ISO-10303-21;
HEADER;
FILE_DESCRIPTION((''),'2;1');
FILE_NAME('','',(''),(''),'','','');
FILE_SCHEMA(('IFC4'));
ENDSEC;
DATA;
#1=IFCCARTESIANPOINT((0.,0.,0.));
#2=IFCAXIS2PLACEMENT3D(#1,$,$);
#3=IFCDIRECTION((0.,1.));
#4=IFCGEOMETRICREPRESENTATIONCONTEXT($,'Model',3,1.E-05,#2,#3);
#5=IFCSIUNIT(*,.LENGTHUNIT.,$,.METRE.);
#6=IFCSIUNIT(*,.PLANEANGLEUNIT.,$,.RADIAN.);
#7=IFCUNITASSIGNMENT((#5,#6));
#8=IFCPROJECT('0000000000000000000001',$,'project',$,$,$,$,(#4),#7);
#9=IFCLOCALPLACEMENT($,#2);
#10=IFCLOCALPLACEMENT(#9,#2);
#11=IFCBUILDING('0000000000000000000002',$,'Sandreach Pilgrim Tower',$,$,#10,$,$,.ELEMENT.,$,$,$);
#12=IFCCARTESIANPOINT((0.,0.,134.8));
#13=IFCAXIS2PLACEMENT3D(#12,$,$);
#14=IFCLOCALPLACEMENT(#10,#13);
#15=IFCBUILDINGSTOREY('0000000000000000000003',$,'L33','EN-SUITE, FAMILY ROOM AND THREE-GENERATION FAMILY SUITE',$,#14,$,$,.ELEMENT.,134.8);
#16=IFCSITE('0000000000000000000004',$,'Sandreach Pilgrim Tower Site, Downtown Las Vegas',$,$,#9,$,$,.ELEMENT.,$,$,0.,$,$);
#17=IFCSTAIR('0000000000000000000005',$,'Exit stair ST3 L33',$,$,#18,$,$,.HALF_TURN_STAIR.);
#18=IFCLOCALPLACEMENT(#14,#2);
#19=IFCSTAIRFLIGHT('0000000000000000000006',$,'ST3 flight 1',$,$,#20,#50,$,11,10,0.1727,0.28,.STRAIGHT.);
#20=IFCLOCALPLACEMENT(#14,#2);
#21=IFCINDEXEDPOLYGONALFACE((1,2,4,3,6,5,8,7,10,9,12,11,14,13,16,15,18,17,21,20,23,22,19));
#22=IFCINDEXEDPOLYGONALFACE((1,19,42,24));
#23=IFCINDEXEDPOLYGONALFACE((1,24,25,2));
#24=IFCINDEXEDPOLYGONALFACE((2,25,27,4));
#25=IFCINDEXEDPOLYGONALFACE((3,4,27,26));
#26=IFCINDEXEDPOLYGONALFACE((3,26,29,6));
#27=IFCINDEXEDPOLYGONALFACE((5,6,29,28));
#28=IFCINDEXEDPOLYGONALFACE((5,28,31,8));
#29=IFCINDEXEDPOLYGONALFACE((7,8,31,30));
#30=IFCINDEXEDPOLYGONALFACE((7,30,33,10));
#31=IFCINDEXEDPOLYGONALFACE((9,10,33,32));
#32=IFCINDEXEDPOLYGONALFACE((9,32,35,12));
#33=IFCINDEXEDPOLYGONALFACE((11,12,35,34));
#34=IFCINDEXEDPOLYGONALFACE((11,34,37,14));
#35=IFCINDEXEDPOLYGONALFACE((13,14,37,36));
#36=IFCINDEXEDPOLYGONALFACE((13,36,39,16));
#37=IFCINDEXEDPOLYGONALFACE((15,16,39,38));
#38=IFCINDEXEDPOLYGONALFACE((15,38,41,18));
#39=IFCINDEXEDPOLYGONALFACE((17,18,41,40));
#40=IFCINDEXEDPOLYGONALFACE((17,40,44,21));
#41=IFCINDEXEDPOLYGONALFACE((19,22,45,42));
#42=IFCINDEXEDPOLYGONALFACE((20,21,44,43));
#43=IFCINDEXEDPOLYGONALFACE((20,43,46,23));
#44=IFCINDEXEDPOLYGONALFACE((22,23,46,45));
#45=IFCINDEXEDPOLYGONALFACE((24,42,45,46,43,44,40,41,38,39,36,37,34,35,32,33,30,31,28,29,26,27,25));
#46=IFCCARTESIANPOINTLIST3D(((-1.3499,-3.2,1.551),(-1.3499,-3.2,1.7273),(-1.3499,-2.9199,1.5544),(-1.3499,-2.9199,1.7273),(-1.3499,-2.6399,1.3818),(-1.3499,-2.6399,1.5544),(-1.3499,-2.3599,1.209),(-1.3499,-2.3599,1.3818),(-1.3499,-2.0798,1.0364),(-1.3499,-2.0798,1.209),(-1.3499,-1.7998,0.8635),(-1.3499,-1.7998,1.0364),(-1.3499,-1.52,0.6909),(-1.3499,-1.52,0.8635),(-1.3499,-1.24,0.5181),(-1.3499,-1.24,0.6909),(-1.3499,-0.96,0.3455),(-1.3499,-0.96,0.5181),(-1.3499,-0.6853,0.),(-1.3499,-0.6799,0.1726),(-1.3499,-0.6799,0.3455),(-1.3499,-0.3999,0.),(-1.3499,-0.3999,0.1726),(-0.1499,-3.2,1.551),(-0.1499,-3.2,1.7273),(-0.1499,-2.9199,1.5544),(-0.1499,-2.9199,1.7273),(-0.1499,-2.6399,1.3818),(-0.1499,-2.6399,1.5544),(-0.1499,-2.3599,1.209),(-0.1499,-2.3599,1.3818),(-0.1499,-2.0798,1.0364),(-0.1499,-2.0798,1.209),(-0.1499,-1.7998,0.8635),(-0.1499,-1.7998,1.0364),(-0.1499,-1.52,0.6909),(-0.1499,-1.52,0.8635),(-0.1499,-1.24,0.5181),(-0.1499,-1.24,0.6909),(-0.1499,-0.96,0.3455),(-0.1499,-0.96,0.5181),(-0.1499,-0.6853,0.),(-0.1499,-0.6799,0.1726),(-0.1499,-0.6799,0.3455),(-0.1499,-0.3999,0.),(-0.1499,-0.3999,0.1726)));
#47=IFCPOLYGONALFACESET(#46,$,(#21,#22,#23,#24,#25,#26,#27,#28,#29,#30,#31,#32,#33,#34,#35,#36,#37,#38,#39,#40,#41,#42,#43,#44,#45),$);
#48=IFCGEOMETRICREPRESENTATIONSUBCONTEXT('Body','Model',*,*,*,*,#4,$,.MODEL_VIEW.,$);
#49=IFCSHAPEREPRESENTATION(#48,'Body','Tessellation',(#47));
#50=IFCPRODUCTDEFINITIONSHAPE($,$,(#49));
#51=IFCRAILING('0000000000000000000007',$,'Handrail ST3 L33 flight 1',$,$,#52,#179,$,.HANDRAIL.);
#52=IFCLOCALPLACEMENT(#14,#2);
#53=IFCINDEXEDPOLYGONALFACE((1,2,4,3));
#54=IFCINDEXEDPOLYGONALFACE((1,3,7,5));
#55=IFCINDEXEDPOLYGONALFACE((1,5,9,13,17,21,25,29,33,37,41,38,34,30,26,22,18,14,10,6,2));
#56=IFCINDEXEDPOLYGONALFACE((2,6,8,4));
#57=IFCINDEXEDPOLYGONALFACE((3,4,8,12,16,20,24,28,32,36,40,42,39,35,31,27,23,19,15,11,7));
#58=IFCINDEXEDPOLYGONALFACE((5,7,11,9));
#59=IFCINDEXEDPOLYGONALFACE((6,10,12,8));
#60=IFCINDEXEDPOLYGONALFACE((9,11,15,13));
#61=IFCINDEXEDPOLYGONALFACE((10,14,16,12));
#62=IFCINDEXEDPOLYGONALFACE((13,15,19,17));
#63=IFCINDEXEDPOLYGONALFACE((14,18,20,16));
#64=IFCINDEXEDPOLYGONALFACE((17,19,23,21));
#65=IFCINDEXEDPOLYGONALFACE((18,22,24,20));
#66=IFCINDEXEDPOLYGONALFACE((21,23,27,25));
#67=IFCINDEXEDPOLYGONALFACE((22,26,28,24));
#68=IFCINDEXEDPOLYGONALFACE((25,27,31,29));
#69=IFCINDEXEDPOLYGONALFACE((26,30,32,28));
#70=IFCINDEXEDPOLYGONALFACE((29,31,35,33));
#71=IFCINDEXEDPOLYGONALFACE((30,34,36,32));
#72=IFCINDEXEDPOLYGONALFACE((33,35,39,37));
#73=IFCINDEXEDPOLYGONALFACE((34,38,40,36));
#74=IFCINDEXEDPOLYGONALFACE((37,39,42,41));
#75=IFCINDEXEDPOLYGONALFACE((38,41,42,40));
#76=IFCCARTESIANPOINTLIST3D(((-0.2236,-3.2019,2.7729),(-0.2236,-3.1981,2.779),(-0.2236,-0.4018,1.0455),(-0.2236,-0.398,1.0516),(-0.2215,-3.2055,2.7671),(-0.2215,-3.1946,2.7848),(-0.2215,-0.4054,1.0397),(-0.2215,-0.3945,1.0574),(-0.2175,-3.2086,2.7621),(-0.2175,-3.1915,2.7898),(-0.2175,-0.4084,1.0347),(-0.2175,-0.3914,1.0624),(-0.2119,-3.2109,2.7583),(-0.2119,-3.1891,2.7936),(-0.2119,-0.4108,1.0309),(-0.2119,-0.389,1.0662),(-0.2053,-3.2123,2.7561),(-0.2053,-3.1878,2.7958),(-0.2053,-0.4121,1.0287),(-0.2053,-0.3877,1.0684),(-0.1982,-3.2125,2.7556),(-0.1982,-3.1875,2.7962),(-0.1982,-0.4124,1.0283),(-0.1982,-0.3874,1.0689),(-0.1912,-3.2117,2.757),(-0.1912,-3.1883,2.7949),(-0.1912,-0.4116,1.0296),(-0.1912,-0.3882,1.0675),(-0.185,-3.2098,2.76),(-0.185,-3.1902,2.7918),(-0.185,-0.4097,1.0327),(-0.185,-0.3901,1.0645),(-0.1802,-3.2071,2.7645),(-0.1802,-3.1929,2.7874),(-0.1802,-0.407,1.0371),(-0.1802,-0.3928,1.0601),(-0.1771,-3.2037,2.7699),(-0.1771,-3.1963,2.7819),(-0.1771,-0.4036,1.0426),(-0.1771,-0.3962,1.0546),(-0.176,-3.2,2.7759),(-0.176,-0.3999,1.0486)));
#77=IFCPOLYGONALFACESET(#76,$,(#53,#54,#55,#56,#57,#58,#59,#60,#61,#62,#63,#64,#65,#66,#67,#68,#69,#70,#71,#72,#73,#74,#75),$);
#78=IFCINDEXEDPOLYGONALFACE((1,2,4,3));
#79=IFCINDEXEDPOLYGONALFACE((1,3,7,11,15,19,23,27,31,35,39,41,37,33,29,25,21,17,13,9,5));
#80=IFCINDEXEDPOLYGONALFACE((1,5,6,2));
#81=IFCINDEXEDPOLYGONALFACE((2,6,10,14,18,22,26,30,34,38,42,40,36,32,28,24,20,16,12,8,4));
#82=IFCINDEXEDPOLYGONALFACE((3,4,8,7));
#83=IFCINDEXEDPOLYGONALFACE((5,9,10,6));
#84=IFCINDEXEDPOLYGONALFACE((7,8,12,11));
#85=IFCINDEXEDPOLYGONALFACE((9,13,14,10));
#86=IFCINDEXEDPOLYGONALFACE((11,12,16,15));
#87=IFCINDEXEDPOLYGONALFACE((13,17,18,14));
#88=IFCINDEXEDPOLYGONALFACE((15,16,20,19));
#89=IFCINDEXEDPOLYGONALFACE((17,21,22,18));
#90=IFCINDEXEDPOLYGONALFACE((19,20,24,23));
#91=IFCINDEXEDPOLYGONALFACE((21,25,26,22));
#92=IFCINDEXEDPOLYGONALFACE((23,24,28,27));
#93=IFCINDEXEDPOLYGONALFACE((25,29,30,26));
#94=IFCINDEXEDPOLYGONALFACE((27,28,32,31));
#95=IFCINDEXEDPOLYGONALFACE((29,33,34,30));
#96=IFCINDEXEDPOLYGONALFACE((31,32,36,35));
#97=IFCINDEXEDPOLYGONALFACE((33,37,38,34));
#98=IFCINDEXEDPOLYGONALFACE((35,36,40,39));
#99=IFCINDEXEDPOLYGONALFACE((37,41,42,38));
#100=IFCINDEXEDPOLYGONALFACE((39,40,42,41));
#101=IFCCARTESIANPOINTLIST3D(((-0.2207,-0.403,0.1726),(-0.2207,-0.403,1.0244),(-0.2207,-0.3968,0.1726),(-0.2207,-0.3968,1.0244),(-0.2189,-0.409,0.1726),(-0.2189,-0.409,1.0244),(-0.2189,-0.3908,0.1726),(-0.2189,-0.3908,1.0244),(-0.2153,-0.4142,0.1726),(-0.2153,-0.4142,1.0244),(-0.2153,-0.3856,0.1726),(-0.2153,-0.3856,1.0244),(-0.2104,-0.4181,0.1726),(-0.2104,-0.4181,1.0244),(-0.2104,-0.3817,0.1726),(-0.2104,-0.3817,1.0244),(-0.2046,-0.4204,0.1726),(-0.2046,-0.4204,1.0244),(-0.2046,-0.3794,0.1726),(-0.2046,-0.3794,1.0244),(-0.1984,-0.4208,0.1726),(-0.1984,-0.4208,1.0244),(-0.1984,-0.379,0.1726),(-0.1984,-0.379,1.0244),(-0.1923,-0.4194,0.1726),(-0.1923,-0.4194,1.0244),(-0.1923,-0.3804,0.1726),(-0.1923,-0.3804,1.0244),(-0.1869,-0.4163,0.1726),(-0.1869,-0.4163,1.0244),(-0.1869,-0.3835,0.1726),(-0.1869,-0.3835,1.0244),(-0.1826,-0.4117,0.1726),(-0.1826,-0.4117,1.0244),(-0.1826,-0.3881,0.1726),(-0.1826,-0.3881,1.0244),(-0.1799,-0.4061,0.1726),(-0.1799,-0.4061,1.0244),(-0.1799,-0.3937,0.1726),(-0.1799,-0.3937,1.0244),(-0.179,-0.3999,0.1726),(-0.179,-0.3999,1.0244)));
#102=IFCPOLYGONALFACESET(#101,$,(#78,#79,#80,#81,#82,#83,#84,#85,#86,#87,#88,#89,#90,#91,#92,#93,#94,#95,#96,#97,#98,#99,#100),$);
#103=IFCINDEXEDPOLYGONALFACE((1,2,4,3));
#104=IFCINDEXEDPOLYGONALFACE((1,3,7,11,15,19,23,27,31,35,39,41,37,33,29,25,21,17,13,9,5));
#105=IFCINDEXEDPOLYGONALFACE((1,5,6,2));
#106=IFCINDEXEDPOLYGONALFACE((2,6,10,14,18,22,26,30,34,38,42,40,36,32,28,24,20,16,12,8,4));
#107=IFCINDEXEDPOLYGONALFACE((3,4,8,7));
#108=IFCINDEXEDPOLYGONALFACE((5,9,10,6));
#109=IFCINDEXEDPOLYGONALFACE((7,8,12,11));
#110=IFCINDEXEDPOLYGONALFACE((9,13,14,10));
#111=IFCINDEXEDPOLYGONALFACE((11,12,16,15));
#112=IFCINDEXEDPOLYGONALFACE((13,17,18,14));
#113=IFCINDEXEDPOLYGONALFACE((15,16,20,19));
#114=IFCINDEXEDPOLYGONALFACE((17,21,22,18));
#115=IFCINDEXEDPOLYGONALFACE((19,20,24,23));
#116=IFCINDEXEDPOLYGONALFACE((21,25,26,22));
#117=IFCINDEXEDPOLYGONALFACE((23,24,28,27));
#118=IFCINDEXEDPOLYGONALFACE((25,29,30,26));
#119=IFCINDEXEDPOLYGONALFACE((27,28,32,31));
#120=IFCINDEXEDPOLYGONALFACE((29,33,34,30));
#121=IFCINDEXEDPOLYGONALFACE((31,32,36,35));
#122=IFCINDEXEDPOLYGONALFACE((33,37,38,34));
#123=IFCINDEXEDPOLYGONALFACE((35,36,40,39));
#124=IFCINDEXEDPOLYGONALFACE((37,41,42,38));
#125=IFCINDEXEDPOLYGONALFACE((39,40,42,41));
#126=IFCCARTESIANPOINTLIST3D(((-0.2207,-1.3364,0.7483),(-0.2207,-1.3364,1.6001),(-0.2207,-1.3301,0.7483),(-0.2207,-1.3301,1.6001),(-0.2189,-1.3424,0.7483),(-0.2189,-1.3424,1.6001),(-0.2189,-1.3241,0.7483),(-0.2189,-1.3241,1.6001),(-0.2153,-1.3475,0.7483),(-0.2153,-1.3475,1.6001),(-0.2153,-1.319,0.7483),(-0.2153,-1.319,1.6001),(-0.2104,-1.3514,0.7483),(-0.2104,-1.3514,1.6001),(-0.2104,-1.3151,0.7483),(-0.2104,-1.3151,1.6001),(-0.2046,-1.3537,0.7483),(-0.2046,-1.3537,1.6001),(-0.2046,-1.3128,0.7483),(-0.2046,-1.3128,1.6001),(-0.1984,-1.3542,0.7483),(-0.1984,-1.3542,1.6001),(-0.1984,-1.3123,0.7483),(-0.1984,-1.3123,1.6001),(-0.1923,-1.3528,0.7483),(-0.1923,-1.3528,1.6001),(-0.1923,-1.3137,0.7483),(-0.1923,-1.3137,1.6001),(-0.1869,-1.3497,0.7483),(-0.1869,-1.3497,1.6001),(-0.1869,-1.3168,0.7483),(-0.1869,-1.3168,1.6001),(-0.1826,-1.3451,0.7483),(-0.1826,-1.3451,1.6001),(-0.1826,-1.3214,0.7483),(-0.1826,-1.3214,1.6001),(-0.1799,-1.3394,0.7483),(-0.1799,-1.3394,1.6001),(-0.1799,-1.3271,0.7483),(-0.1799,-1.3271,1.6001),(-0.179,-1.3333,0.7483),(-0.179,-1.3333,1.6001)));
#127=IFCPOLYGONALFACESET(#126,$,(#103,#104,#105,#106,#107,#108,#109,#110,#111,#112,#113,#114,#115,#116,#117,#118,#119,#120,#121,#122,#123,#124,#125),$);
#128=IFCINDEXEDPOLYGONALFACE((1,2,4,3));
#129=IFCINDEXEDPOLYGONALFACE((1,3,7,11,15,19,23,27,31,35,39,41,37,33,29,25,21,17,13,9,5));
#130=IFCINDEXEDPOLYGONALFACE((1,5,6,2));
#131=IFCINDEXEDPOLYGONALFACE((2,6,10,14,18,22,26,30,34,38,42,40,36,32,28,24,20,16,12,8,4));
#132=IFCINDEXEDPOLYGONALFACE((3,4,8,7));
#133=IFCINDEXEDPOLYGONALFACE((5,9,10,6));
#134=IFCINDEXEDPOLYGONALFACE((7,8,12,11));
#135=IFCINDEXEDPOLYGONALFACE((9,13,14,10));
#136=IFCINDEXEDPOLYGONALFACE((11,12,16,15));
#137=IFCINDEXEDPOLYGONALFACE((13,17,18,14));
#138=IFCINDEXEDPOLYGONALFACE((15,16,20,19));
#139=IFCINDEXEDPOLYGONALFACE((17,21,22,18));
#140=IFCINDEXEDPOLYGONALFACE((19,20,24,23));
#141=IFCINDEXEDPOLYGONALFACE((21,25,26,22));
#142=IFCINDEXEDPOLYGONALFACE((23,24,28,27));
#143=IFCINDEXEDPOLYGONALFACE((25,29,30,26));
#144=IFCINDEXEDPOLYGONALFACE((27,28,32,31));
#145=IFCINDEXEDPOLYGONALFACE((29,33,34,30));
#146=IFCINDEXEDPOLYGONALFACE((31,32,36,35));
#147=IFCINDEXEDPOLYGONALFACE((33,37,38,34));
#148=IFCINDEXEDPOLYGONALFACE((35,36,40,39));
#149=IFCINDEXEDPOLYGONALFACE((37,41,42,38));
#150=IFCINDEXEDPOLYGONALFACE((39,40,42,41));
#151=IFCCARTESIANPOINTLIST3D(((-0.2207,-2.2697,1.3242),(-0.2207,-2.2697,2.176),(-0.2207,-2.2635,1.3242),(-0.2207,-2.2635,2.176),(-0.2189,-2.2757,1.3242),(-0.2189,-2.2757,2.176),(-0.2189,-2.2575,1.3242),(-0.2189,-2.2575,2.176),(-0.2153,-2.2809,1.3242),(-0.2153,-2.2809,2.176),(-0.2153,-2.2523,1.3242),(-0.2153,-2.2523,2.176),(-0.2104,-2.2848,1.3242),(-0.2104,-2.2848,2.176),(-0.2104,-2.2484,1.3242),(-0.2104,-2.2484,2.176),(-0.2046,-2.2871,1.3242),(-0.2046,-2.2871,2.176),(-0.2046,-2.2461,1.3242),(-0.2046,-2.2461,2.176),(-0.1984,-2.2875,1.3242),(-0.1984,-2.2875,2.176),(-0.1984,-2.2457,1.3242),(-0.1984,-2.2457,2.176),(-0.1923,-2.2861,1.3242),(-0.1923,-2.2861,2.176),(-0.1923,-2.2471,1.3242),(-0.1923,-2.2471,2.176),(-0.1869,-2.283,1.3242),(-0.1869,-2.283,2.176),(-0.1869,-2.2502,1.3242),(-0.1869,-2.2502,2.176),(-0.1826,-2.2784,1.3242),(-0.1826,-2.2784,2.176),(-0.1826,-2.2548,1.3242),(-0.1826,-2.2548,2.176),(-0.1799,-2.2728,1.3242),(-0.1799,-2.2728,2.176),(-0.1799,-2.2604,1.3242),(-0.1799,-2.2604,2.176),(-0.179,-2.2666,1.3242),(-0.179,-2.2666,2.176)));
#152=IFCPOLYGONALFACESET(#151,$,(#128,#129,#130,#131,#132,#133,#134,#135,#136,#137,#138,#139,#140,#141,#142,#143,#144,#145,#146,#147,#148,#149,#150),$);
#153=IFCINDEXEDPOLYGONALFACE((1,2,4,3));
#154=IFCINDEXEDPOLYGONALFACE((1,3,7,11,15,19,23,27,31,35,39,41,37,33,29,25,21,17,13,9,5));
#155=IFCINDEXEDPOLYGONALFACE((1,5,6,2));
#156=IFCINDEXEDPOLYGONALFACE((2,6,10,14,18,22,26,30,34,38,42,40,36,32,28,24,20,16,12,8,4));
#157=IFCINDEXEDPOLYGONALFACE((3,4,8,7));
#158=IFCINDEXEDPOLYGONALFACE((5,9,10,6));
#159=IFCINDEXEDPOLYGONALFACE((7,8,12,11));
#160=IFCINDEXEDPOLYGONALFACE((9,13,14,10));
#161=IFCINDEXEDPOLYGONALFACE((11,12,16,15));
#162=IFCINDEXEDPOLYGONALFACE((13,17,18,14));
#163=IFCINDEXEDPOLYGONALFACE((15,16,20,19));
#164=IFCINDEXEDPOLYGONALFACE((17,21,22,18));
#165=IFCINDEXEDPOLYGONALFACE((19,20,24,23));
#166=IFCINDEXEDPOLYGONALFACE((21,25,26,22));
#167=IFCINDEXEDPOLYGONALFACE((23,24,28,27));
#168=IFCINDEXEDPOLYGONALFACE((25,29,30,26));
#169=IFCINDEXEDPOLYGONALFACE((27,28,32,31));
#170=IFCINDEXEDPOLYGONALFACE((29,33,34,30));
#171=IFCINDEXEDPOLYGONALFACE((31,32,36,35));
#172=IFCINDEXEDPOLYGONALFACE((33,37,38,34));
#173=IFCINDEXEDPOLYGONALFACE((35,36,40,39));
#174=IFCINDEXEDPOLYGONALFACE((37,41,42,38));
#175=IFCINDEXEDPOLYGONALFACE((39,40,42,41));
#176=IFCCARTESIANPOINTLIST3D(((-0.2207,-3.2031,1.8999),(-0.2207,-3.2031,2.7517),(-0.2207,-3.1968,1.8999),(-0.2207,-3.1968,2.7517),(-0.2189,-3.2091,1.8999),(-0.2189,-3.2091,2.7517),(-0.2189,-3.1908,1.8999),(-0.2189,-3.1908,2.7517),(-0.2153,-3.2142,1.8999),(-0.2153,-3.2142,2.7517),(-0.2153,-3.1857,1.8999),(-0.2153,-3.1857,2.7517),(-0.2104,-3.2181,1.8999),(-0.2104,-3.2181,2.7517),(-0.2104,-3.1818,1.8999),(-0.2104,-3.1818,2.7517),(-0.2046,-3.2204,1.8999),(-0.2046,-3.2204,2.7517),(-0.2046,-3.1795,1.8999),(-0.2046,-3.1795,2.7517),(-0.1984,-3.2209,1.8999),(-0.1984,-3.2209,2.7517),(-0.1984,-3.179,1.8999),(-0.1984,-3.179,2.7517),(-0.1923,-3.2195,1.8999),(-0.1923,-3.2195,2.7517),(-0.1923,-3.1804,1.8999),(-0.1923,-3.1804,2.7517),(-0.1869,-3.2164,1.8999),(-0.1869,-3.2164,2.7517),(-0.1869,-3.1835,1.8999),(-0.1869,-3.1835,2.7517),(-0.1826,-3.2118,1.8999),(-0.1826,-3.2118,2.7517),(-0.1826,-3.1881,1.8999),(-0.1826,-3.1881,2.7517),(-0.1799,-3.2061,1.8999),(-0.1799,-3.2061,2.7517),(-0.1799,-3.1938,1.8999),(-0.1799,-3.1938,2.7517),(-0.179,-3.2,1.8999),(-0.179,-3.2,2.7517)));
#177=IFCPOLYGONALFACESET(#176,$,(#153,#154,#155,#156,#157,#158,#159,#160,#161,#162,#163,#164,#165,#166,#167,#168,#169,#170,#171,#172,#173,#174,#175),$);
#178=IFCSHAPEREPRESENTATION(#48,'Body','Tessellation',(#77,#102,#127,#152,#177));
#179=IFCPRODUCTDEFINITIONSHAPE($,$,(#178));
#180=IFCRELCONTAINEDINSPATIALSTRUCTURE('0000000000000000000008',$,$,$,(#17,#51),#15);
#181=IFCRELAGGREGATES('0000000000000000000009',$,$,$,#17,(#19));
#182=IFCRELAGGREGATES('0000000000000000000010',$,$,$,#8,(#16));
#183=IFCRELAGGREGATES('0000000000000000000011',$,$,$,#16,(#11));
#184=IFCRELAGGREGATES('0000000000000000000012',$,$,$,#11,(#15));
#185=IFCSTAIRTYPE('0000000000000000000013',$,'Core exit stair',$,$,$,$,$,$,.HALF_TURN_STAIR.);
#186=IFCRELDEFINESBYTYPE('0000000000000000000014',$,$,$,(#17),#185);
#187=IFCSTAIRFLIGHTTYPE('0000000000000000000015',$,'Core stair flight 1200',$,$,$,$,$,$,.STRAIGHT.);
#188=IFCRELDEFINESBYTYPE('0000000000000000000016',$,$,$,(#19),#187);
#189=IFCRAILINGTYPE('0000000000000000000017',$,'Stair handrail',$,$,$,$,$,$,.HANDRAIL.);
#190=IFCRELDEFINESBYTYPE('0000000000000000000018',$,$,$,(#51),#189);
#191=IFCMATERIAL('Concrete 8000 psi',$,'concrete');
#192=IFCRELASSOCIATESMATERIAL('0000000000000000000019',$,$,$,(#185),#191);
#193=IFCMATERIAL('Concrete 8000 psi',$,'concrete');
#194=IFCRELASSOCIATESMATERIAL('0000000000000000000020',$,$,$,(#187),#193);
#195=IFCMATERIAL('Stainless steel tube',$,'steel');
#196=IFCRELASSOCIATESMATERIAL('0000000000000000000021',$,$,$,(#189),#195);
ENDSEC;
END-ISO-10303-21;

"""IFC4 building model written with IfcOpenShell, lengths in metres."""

from ifc_helpers import new_model, si_unit, direction, frame, origin, origin_2d, place, context, subcontext, project, spatial, polyline, circle, outline, extrude, material, type_object, element, aggregate, save


model = new_model("IFC4")

# Units and contexts
model_context = context("Model", 3, precision=1e-05, world=origin(), true_north=direction((0.0, 1.0)))
body_context = subcontext(model_context, "Body", "Model", "MODEL_VIEW")
ifc_project = project(units=[si_unit("LENGTHUNIT", "METRE"), si_unit("PLANEANGLEUNIT", "RADIAN")], contexts=[model_context])

# Site, building, storey
site_placement = place(None, origin())
site = spatial("IfcSite", under=ifc_project, at=site_placement, Name="Sandreach Pilgrim Tower Site, Downtown Las Vegas", CompositionType="ELEMENT", RefElevation=0.0)
building_placement = place(site_placement, origin())
building = spatial("IfcBuilding", under=site, at=building_placement, Name="Sandreach Pilgrim Tower", CompositionType="ELEMENT")
storey_placement = place(building_placement, frame((0.0, 0.0, 134.8)))
storey = spatial("IfcBuildingStorey", under=building, at=storey_placement, Name="L33", Description="EN-SUITE, FAMILY ROOM AND THREE-GENERATION FAMILY SUITE", CompositionType="ELEMENT", Elevation=134.8)

# Stair, stair flight
ifc_material_1 = material(Name="Concrete 8000 psi", Category="concrete")
stair_type = type_object("IfcStairType", Name="Core exit stair", PredefinedType="HALF_TURN_STAIR", material=ifc_material_1)
stair_placement = place(storey_placement, origin())
stair = element("IfcStair", 1, at=stair_placement, inside=storey, type_object=stair_type, Name="Exit stair ST3 L33", PredefinedType="HALF_TURN_STAIR")
ifc_material_2 = material(Name="Concrete 8000 psi", Category="concrete")
stair_flight_type = type_object("IfcStairFlightType", Name="Core stair flight 1200", PredefinedType="STRAIGHT", material=ifc_material_2)
stair_flight_placement = place(storey_placement, frame((-0.75, -0.3999, 0.0), z_axis=(0.0, 0.0, 1.0), x_axis=(0.0, -1.0, 0.0)))
stair_flight = element("IfcStairFlight", 2, at=stair_flight_placement, type_object=stair_flight_type, Name="ST3 flight 1", NumberOfRisers=11, NumberOfTreads=10, PredefinedType="STRAIGHT", RiserHeight=0.1727, TreadLength=0.28, context=body_context, shape_type="SweptSolid", body=[
    extrude(outline(polyline([(0.0, 0.0), (0.0, 0.1726), (0.28, 0.1726), (0.28, 0.3455), (0.5601, 0.3455), (0.5601, 0.5181), (0.8401, 0.5181), (0.8401, 0.6909), (1.1201, 0.6909), (1.1201, 0.8635), (1.3999, 0.8635), (1.3999, 1.0364), (1.6799, 1.0364), (1.6799, 1.209), (1.96, 1.209), (1.96, 1.3818), (2.24, 1.3818), (2.24, 1.5544), (2.52, 1.5544), (2.52, 1.7273), (2.8, 1.7273), (2.8, 1.8999), (2.8, 1.551), (0.2854, 0.0), (0.0, 0.0)])), frame((0.0, 0.6001, 0.0), z_axis=(0.0, -1.0, 0.0), x_axis=(1.0, 0.0, 0.0)), (0.0, 0.0, 1.0), 1.2),
])
aggregate(stair, [stair_flight])

# Railing
ifc_material_3 = material(Name="Stainless steel tube", Category="steel")
railing_type = type_object("IfcRailingType", Name="Stair handrail", PredefinedType="HANDRAIL", material=ifc_material_3)
railing_placement = place(storey_placement, frame((-0.2, -0.3999, 0.1726)))
element("IfcRailing", 3, at=railing_placement, inside=storey, type_object=railing_type, Name="Handrail ST3 L33 flight 1", PredefinedType="HANDRAIL", context=body_context, shape_type="SweptSolid", body=[
    extrude(circle(Radius=0.0239, at=origin_2d()), frame((0.0, 0.0, 0.876), z_axis=(0.0, -0.85109, 0.52502), x_axis=(1.0, 0.0, 0.0)), (0.0, 0.0, 1.0), 3.29),
    extrude(circle(Radius=0.021, at=origin_2d()), origin(), (0.0, 0.0, 1.0), 0.8518),
    extrude(circle(Radius=0.021, at=origin_2d()), frame((0.0, -0.9333, 0.5757)), (0.0, 0.0, 1.0), 0.8518),
    extrude(circle(Radius=0.021, at=origin_2d()), frame((0.0, -1.8667, 1.1516)), (0.0, 0.0, 1.0), 0.8518),
    extrude(circle(Radius=0.021, at=origin_2d()), frame((0.0, -2.8, 1.7273)), (0.0, 0.0, 1.0), 0.8518),
])

save(model, "model.ifc")
